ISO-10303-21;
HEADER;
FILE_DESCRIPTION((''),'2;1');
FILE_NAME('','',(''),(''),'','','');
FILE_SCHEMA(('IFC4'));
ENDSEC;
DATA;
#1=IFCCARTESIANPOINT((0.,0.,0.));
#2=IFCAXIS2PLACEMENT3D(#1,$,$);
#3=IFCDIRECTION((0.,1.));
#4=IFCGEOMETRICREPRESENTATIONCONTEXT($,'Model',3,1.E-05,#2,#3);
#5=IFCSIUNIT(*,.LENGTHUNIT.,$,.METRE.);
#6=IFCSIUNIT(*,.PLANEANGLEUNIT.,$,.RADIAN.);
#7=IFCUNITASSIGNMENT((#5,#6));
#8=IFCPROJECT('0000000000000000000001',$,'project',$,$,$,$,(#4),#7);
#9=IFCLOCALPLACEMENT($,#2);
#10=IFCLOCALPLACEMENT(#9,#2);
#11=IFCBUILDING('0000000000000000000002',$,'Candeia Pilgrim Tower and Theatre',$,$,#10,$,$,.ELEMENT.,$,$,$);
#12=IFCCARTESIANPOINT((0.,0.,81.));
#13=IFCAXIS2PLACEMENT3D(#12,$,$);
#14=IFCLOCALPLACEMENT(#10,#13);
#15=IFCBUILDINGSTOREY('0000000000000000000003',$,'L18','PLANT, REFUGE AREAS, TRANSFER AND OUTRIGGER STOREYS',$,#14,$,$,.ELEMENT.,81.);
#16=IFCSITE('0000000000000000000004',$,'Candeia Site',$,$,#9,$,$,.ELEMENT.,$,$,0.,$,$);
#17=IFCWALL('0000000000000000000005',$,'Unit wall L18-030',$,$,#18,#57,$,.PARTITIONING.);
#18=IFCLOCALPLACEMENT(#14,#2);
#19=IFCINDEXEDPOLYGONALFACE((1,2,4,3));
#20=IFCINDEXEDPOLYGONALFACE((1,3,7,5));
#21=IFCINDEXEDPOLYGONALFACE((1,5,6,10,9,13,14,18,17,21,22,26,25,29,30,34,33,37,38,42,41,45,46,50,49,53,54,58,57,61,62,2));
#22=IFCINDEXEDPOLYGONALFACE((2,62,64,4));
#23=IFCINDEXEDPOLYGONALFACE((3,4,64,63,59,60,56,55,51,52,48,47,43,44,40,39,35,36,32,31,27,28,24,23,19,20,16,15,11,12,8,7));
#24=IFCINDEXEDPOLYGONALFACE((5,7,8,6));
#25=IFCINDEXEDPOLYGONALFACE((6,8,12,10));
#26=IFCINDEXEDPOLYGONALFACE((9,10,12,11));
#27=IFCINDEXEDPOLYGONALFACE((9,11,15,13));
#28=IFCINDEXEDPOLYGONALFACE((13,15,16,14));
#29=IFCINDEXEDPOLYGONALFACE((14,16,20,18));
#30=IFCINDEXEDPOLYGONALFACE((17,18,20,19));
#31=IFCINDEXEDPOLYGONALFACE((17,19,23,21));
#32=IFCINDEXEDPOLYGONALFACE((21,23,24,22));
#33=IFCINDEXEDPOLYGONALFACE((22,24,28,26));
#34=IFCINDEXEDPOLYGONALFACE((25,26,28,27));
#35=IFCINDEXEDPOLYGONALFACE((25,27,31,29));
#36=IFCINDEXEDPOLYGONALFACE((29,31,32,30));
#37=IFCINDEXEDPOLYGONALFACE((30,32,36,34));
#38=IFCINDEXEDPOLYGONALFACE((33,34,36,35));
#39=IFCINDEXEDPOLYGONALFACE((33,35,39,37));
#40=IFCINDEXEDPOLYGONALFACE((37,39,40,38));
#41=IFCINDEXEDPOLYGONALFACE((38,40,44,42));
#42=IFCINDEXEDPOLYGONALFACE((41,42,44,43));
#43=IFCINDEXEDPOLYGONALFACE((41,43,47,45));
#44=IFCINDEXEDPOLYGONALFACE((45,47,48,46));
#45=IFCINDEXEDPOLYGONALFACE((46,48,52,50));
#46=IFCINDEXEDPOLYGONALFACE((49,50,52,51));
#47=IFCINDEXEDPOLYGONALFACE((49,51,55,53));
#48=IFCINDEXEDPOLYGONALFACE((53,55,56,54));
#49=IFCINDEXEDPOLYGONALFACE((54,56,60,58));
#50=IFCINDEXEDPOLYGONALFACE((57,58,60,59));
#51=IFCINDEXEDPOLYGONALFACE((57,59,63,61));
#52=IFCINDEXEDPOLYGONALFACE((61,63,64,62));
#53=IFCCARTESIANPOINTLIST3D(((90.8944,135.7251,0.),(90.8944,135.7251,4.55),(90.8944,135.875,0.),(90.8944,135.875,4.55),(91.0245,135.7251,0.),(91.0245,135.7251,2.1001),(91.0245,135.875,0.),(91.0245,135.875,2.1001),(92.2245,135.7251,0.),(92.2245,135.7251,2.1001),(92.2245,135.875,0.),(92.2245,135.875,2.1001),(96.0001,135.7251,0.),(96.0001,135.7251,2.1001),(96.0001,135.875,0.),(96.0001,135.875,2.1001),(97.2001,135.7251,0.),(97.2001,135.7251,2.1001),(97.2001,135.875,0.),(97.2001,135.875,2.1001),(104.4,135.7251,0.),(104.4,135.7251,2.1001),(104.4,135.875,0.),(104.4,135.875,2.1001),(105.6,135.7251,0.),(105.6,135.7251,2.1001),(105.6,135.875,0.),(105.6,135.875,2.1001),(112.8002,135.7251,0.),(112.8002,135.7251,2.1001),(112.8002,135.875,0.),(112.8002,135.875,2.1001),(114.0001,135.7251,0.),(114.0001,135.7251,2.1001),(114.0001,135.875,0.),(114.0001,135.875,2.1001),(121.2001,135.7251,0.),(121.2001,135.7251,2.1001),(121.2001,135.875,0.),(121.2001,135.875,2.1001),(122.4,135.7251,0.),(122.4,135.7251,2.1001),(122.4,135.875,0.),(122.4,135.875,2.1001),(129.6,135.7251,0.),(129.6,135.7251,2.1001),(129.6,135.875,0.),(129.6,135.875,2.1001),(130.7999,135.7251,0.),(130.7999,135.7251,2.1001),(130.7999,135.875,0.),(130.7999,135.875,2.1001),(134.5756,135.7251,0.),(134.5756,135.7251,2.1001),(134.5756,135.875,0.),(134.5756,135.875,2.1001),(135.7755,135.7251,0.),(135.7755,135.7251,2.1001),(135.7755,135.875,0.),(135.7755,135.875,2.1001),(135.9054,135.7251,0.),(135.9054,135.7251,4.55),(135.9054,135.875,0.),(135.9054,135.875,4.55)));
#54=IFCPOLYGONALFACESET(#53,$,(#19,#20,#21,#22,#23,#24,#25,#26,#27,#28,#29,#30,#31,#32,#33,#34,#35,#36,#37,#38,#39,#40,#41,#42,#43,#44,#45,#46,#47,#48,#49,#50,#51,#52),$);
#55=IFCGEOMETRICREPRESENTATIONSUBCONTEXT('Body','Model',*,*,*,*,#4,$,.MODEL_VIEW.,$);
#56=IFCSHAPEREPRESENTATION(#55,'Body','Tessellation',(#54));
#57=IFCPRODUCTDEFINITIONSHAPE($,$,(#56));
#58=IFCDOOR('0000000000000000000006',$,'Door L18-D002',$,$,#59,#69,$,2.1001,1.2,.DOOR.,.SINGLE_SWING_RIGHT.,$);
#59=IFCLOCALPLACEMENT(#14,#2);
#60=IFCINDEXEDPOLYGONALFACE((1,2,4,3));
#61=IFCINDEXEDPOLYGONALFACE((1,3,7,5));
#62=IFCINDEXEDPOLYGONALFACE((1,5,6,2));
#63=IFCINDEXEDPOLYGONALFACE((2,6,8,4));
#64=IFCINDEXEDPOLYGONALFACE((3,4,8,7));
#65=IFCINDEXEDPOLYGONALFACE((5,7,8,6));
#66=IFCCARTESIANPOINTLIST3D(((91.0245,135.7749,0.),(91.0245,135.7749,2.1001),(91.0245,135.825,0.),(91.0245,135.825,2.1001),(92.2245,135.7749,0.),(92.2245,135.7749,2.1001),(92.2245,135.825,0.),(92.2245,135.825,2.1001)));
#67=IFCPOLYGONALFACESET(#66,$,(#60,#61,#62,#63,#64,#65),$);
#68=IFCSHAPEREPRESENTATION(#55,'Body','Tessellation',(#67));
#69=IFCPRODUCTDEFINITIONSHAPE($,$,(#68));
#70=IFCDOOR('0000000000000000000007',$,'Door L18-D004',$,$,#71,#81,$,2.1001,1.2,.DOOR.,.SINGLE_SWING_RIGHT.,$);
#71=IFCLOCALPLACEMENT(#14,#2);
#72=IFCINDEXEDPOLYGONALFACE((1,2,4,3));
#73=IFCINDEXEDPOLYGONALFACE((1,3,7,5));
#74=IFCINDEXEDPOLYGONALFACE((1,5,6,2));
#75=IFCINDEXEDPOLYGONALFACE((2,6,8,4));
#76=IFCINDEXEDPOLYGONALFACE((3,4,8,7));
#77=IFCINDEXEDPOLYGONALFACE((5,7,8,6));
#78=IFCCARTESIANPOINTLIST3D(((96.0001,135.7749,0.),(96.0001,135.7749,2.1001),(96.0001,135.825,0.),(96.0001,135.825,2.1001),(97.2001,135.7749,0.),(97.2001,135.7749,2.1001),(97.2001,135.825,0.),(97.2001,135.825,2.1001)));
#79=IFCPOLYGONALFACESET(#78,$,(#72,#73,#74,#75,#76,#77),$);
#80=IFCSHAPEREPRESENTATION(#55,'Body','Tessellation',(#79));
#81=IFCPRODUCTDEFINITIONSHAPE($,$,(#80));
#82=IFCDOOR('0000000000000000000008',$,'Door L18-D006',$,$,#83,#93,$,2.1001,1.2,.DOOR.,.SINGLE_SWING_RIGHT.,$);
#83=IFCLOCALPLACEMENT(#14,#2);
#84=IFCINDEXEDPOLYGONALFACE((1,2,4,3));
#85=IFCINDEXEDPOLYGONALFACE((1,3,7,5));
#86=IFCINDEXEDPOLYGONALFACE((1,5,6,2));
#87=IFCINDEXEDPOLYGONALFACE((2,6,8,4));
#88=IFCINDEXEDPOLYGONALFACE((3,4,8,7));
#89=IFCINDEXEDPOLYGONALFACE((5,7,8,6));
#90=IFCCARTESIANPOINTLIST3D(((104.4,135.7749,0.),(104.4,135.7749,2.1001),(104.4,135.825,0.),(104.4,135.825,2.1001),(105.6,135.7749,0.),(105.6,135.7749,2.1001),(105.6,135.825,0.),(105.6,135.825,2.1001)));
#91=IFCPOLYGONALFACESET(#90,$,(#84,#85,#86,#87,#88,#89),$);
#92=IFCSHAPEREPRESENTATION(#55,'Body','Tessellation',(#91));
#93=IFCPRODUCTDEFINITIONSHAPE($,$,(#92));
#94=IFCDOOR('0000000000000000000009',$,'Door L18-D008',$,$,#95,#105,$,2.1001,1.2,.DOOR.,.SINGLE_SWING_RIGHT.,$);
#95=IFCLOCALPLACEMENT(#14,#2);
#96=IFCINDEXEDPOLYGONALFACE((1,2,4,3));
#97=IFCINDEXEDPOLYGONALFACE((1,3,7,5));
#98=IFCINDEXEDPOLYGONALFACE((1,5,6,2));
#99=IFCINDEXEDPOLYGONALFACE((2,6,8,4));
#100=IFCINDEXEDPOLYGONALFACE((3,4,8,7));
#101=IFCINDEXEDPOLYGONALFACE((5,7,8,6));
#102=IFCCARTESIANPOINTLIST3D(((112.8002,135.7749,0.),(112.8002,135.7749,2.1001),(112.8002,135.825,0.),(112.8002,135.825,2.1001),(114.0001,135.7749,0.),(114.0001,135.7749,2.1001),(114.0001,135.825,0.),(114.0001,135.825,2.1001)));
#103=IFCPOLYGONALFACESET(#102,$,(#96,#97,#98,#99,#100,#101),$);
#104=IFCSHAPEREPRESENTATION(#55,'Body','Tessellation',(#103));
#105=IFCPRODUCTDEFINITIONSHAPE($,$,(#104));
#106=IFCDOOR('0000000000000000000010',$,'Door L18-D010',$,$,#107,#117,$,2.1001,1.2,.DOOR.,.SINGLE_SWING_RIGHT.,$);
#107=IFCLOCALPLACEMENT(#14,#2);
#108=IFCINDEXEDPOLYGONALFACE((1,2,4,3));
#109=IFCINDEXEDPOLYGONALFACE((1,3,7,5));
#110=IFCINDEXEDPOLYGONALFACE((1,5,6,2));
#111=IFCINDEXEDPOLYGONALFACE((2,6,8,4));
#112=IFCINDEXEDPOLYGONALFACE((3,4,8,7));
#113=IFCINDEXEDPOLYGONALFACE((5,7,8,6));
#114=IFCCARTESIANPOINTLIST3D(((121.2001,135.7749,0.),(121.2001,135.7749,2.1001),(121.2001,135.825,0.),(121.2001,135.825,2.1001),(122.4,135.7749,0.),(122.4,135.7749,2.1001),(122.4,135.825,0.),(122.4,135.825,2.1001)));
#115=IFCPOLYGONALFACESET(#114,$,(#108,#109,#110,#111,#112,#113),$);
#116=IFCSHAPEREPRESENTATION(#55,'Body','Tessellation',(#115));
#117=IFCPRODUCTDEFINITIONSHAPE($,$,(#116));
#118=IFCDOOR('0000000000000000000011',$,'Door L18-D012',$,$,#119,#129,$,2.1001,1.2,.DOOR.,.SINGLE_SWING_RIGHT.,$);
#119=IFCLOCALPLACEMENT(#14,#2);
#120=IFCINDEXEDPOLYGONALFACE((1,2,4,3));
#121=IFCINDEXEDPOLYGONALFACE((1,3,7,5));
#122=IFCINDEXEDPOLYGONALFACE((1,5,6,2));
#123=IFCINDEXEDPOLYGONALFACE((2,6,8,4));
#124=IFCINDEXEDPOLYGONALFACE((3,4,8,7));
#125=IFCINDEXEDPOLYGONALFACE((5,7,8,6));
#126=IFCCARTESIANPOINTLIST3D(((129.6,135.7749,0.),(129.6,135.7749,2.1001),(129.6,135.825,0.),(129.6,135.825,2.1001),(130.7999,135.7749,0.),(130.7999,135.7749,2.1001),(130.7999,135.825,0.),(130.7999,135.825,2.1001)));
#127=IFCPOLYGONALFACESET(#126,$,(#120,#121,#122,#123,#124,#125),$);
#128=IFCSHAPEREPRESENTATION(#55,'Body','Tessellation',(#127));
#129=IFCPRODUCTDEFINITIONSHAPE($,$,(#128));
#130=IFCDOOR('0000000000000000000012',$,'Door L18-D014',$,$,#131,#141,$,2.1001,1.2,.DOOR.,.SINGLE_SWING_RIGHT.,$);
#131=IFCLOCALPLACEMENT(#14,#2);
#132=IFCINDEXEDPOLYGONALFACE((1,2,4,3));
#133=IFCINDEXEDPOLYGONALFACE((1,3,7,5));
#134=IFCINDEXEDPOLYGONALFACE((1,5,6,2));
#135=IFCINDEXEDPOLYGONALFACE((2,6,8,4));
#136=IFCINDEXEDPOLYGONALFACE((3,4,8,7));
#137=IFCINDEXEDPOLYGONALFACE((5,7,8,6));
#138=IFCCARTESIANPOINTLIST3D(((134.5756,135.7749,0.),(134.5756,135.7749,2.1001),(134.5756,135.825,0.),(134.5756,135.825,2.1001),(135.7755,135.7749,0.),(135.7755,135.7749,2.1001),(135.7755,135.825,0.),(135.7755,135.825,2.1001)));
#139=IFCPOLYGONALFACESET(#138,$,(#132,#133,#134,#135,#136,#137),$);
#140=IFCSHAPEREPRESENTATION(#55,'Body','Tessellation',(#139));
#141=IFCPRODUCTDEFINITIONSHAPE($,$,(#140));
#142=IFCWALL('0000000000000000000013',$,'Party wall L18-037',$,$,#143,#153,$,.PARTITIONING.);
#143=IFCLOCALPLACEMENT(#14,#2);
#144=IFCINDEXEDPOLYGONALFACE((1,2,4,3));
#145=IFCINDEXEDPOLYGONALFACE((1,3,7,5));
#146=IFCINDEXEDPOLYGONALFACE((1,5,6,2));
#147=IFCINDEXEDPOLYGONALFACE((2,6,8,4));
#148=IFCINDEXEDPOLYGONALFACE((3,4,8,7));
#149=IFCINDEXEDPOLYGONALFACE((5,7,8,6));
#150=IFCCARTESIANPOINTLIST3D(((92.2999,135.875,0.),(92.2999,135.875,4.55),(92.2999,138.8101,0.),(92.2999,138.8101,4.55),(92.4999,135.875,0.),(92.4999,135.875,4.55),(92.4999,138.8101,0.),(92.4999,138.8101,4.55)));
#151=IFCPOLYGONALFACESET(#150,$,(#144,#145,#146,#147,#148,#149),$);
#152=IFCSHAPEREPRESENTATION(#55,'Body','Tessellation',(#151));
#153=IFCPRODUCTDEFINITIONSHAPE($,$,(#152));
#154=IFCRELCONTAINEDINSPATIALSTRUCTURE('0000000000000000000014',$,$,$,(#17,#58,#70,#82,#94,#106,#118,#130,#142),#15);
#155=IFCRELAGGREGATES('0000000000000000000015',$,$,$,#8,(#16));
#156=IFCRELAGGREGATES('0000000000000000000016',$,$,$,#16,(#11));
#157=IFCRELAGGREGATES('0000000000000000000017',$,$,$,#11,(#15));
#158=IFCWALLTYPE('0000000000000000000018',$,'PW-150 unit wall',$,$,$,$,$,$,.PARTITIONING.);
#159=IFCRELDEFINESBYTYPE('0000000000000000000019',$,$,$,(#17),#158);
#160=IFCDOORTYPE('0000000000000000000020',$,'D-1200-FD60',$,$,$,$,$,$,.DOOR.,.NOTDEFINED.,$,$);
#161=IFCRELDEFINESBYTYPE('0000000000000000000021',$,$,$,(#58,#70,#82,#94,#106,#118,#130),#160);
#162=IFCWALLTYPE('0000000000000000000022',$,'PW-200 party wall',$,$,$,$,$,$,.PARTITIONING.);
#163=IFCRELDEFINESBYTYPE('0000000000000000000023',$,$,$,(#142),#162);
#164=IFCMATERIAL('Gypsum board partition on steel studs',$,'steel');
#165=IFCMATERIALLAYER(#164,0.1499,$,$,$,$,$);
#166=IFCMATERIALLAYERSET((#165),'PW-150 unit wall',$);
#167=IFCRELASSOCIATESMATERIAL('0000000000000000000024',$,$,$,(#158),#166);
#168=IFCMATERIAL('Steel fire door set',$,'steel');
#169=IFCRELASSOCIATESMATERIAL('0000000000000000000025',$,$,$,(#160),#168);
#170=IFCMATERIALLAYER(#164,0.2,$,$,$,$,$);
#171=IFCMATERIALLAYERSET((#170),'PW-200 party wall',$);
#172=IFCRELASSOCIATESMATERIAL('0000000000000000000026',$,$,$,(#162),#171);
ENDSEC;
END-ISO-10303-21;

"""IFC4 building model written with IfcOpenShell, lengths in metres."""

from ifc_helpers import new_model, si_unit, direction, frame, frame_2d, origin, place, context, subcontext, project, spatial, rectangle, extrude, material, layer, layer_set, type_object, element, fill, save


model = new_model("IFC4")

# Units and contexts
model_context = context("Model", 3, precision=1e-05, world=origin(), true_north=direction((0.0, 1.0)))
body_context = subcontext(model_context, "Body", "Model", "MODEL_VIEW")
ifc_project = project(units=[si_unit("LENGTHUNIT", "METRE"), si_unit("PLANEANGLEUNIT", "RADIAN")], contexts=[model_context])

# Site, building, storey
site_placement = place(None, origin())
site = spatial("IfcSite", under=ifc_project, at=site_placement, Name="Candeia Site", CompositionType="ELEMENT", RefElevation=0.0)
building_placement = place(site_placement, origin())
building = spatial("IfcBuilding", under=site, at=building_placement, Name="Candeia Pilgrim Tower and Theatre", CompositionType="ELEMENT")
storey_placement = place(building_placement, frame((0.0, 0.0, 81.0)))
storey = spatial("IfcBuildingStorey", under=building, at=storey_placement, Name="L18", Description="PLANT, REFUGE AREAS, TRANSFER AND OUTRIGGER STOREYS", CompositionType="ELEMENT", Elevation=81.0)

# Wall, openings, doors
ifc_material_1 = material(Name="Gypsum board partition on steel studs", Category="steel")
ifc_layer_1 = layer(ifc_material_1, 0.1499)
ifc_layer_set_1 = layer_set([ifc_layer_1], Name="PW-150 unit wall")
wall_type_1 = type_object("IfcWallType", Name="PW-150 unit wall", PredefinedType="PARTITIONING", material=ifc_layer_set_1)
wall_1_placement = place(storey_placement, frame((90.8945, 135.8, 0.0), z_axis=(0.0, 0.0, 1.0), x_axis=(1.0, 0.0, 0.0)))
wall_1 = element("IfcWall", 1, at=wall_1_placement, inside=storey, type_object=wall_type_1, Name="Unit wall L18-030", PredefinedType="PARTITIONING", context=body_context, shape_type="SweptSolid", body=[
    extrude(rectangle(XDim=45.011, YDim=0.1499, at=frame_2d((22.5054, 0.0))), origin(), (0.0, 0.0, 1.0), 4.55),
])
opening_1_placement = place(wall_1_placement, frame((0.1299, 0.0, 0.0)))
opening_1 = element("IfcOpeningElement", 2, at=opening_1_placement, cuts=wall_1, PredefinedType="OPENING", context=body_context, shape_type="SweptSolid", body=[
    extrude(rectangle(XDim=1.2, YDim=2.1001, at=frame_2d((0.6001, 1.05))), frame((0.0, 0.085, 0.0), z_axis=(0.0, -1.0, 0.0), x_axis=(1.0, 0.0, 0.0)), (0.0, 0.0, 1.0), 0.1699),
])
opening_2_placement = place(wall_1_placement, frame((5.1055, 0.0, 0.0)))
opening_2 = element("IfcOpeningElement", 3, at=opening_2_placement, cuts=wall_1, PredefinedType="OPENING", context=body_context, shape_type="SweptSolid", body=[
    extrude(rectangle(XDim=1.2, YDim=2.1001, at=frame_2d((0.6001, 1.05))), frame((0.0, 0.085, 0.0), z_axis=(0.0, -1.0, 0.0), x_axis=(1.0, 0.0, 0.0)), (0.0, 0.0, 1.0), 0.1699),
])
opening_3_placement = place(wall_1_placement, frame((13.5054, 0.0, 0.0)))
opening_3 = element("IfcOpeningElement", 4, at=opening_3_placement, cuts=wall_1, PredefinedType="OPENING", context=body_context, shape_type="SweptSolid", body=[
    extrude(rectangle(XDim=1.2, YDim=2.1001, at=frame_2d((0.6001, 1.05))), frame((0.0, 0.085, 0.0), z_axis=(0.0, -1.0, 0.0), x_axis=(1.0, 0.0, 0.0)), (0.0, 0.0, 1.0), 0.1699),
])
opening_4_placement = place(wall_1_placement, frame((21.9055, 0.0, 0.0)))
opening_4 = element("IfcOpeningElement", 5, at=opening_4_placement, cuts=wall_1, PredefinedType="OPENING", context=body_context, shape_type="SweptSolid", body=[
    extrude(rectangle(XDim=1.2, YDim=2.1001, at=frame_2d((0.6001, 1.05))), frame((0.0, 0.085, 0.0), z_axis=(0.0, -1.0, 0.0), x_axis=(1.0, 0.0, 0.0)), (0.0, 0.0, 1.0), 0.1699),
])
opening_5_placement = place(wall_1_placement, frame((30.3054, 0.0, 0.0)))
opening_5 = element("IfcOpeningElement", 6, at=opening_5_placement, cuts=wall_1, PredefinedType="OPENING", context=body_context, shape_type="SweptSolid", body=[
    extrude(rectangle(XDim=1.2, YDim=2.1001, at=frame_2d((0.6001, 1.05))), frame((0.0, 0.085, 0.0), z_axis=(0.0, -1.0, 0.0), x_axis=(1.0, 0.0, 0.0)), (0.0, 0.0, 1.0), 0.1699),
])
opening_6_placement = place(wall_1_placement, frame((38.7053, 0.0, 0.0)))
opening_6 = element("IfcOpeningElement", 7, at=opening_6_placement, cuts=wall_1, PredefinedType="OPENING", context=body_context, shape_type="SweptSolid", body=[
    extrude(rectangle(XDim=1.2, YDim=2.1001, at=frame_2d((0.6001, 1.05))), frame((0.0, 0.085, 0.0), z_axis=(0.0, -1.0, 0.0), x_axis=(1.0, 0.0, 0.0)), (0.0, 0.0, 1.0), 0.1699),
])
opening_7_placement = place(wall_1_placement, frame((43.6809, 0.0, 0.0)))
opening_7 = element("IfcOpeningElement", 8, at=opening_7_placement, cuts=wall_1, PredefinedType="OPENING", context=body_context, shape_type="SweptSolid", body=[
    extrude(rectangle(XDim=1.2, YDim=2.1001, at=frame_2d((0.6001, 1.05))), frame((0.0, 0.085, 0.0), z_axis=(0.0, -1.0, 0.0), x_axis=(1.0, 0.0, 0.0)), (0.0, 0.0, 1.0), 0.1699),
])
ifc_material_2 = material(Name="Steel fire door set", Category="steel")
door_type_1 = type_object("IfcDoorType", Name="D-1200-FD60", OperationType="NOTDEFINED", PredefinedType="DOOR", material=ifc_material_2)
door_1_placement = place(opening_1_placement, origin())
door_1 = element("IfcDoor", 9, at=door_1_placement, inside=storey, type_object=door_type_1, Name="Door L18-D002", OperationType="SINGLE_SWING_RIGHT", OverallHeight=2.1001, OverallWidth=1.2, PredefinedType="DOOR", context=body_context, shape_type="SweptSolid", body=[
    extrude(rectangle(XDim=1.2, YDim=2.1001, at=frame_2d((0.6001, 1.05))), frame((0.0, 0.0249, 0.0), z_axis=(0.0, -1.0, 0.0), x_axis=(1.0, 0.0, 0.0)), (0.0, 0.0, 1.0), 0.05),
])
fill(opening_1, door_1)
door_2_placement = place(opening_2_placement, origin())
door_2 = element("IfcDoor", 10, at=door_2_placement, inside=storey, type_object=door_type_1, Name="Door L18-D004", OperationType="SINGLE_SWING_RIGHT", OverallHeight=2.1001, OverallWidth=1.2, PredefinedType="DOOR", context=body_context, shape_type="SweptSolid", body=[
    extrude(rectangle(XDim=1.2, YDim=2.1001, at=frame_2d((0.6001, 1.05))), frame((0.0, 0.0249, 0.0), z_axis=(0.0, -1.0, 0.0), x_axis=(1.0, 0.0, 0.0)), (0.0, 0.0, 1.0), 0.05),
])
fill(opening_2, door_2)
door_3_placement = place(opening_3_placement, origin())
door_3 = element("IfcDoor", 11, at=door_3_placement, inside=storey, type_object=door_type_1, Name="Door L18-D006", OperationType="SINGLE_SWING_RIGHT", OverallHeight=2.1001, OverallWidth=1.2, PredefinedType="DOOR", context=body_context, shape_type="SweptSolid", body=[
    extrude(rectangle(XDim=1.2, YDim=2.1001, at=frame_2d((0.6001, 1.05))), frame((0.0, 0.0249, 0.0), z_axis=(0.0, -1.0, 0.0), x_axis=(1.0, 0.0, 0.0)), (0.0, 0.0, 1.0), 0.05),
])
fill(opening_3, door_3)
door_4_placement = place(opening_4_placement, origin())
door_4 = element("IfcDoor", 12, at=door_4_placement, inside=storey, type_object=door_type_1, Name="Door L18-D008", OperationType="SINGLE_SWING_RIGHT", OverallHeight=2.1001, OverallWidth=1.2, PredefinedType="DOOR", context=body_context, shape_type="SweptSolid", body=[
    extrude(rectangle(XDim=1.2, YDim=2.1001, at=frame_2d((0.6001, 1.05))), frame((0.0, 0.0249, 0.0), z_axis=(0.0, -1.0, 0.0), x_axis=(1.0, 0.0, 0.0)), (0.0, 0.0, 1.0), 0.05),
])
fill(opening_4, door_4)
door_5_placement = place(opening_5_placement, origin())
door_5 = element("IfcDoor", 13, at=door_5_placement, inside=storey, type_object=door_type_1, Name="Door L18-D010", OperationType="SINGLE_SWING_RIGHT", OverallHeight=2.1001, OverallWidth=1.2, PredefinedType="DOOR", context=body_context, shape_type="SweptSolid", body=[
    extrude(rectangle(XDim=1.2, YDim=2.1001, at=frame_2d((0.6001, 1.05))), frame((0.0, 0.0249, 0.0), z_axis=(0.0, -1.0, 0.0), x_axis=(1.0, 0.0, 0.0)), (0.0, 0.0, 1.0), 0.05),
])
fill(opening_5, door_5)
door_6_placement = place(opening_6_placement, origin())
door_6 = element("IfcDoor", 14, at=door_6_placement, inside=storey, type_object=door_type_1, Name="Door L18-D012", OperationType="SINGLE_SWING_RIGHT", OverallHeight=2.1001, OverallWidth=1.2, PredefinedType="DOOR", context=body_context, shape_type="SweptSolid", body=[
    extrude(rectangle(XDim=1.2, YDim=2.1001, at=frame_2d((0.6001, 1.05))), frame((0.0, 0.0249, 0.0), z_axis=(0.0, -1.0, 0.0), x_axis=(1.0, 0.0, 0.0)), (0.0, 0.0, 1.0), 0.05),
])
fill(opening_6, door_6)
door_7_placement = place(opening_7_placement, origin())
door_7 = element("IfcDoor", 15, at=door_7_placement, inside=storey, type_object=door_type_1, Name="Door L18-D014", OperationType="SINGLE_SWING_RIGHT", OverallHeight=2.1001, OverallWidth=1.2, PredefinedType="DOOR", context=body_context, shape_type="SweptSolid", body=[
    extrude(rectangle(XDim=1.2, YDim=2.1001, at=frame_2d((0.6001, 1.05))), frame((0.0, 0.0249, 0.0), z_axis=(0.0, -1.0, 0.0), x_axis=(1.0, 0.0, 0.0)), (0.0, 0.0, 1.0), 0.05),
])
fill(opening_7, door_7)

# Wall
ifc_layer_2 = layer(ifc_material_1, 0.2)
ifc_layer_set_2 = layer_set([ifc_layer_2], Name="PW-200 party wall")
wall_type_2 = type_object("IfcWallType", Name="PW-200 party wall", PredefinedType="PARTITIONING", material=ifc_layer_set_2)
wall_2_placement = place(storey_placement, frame((92.3999, 135.875, 0.0), z_axis=(0.0, 0.0, 1.0), x_axis=(0.0, 1.0, 0.0)))
element("IfcWall", 16, at=wall_2_placement, inside=storey, type_object=wall_type_2, Name="Party wall L18-037", PredefinedType="PARTITIONING", context=body_context, shape_type="SweptSolid", body=[
    extrude(rectangle(XDim=2.9351, YDim=0.2, at=frame_2d((1.4675, 0.0))), origin(), (0.0, 0.0, 1.0), 4.55),
])

save(model, "model.ifc")
